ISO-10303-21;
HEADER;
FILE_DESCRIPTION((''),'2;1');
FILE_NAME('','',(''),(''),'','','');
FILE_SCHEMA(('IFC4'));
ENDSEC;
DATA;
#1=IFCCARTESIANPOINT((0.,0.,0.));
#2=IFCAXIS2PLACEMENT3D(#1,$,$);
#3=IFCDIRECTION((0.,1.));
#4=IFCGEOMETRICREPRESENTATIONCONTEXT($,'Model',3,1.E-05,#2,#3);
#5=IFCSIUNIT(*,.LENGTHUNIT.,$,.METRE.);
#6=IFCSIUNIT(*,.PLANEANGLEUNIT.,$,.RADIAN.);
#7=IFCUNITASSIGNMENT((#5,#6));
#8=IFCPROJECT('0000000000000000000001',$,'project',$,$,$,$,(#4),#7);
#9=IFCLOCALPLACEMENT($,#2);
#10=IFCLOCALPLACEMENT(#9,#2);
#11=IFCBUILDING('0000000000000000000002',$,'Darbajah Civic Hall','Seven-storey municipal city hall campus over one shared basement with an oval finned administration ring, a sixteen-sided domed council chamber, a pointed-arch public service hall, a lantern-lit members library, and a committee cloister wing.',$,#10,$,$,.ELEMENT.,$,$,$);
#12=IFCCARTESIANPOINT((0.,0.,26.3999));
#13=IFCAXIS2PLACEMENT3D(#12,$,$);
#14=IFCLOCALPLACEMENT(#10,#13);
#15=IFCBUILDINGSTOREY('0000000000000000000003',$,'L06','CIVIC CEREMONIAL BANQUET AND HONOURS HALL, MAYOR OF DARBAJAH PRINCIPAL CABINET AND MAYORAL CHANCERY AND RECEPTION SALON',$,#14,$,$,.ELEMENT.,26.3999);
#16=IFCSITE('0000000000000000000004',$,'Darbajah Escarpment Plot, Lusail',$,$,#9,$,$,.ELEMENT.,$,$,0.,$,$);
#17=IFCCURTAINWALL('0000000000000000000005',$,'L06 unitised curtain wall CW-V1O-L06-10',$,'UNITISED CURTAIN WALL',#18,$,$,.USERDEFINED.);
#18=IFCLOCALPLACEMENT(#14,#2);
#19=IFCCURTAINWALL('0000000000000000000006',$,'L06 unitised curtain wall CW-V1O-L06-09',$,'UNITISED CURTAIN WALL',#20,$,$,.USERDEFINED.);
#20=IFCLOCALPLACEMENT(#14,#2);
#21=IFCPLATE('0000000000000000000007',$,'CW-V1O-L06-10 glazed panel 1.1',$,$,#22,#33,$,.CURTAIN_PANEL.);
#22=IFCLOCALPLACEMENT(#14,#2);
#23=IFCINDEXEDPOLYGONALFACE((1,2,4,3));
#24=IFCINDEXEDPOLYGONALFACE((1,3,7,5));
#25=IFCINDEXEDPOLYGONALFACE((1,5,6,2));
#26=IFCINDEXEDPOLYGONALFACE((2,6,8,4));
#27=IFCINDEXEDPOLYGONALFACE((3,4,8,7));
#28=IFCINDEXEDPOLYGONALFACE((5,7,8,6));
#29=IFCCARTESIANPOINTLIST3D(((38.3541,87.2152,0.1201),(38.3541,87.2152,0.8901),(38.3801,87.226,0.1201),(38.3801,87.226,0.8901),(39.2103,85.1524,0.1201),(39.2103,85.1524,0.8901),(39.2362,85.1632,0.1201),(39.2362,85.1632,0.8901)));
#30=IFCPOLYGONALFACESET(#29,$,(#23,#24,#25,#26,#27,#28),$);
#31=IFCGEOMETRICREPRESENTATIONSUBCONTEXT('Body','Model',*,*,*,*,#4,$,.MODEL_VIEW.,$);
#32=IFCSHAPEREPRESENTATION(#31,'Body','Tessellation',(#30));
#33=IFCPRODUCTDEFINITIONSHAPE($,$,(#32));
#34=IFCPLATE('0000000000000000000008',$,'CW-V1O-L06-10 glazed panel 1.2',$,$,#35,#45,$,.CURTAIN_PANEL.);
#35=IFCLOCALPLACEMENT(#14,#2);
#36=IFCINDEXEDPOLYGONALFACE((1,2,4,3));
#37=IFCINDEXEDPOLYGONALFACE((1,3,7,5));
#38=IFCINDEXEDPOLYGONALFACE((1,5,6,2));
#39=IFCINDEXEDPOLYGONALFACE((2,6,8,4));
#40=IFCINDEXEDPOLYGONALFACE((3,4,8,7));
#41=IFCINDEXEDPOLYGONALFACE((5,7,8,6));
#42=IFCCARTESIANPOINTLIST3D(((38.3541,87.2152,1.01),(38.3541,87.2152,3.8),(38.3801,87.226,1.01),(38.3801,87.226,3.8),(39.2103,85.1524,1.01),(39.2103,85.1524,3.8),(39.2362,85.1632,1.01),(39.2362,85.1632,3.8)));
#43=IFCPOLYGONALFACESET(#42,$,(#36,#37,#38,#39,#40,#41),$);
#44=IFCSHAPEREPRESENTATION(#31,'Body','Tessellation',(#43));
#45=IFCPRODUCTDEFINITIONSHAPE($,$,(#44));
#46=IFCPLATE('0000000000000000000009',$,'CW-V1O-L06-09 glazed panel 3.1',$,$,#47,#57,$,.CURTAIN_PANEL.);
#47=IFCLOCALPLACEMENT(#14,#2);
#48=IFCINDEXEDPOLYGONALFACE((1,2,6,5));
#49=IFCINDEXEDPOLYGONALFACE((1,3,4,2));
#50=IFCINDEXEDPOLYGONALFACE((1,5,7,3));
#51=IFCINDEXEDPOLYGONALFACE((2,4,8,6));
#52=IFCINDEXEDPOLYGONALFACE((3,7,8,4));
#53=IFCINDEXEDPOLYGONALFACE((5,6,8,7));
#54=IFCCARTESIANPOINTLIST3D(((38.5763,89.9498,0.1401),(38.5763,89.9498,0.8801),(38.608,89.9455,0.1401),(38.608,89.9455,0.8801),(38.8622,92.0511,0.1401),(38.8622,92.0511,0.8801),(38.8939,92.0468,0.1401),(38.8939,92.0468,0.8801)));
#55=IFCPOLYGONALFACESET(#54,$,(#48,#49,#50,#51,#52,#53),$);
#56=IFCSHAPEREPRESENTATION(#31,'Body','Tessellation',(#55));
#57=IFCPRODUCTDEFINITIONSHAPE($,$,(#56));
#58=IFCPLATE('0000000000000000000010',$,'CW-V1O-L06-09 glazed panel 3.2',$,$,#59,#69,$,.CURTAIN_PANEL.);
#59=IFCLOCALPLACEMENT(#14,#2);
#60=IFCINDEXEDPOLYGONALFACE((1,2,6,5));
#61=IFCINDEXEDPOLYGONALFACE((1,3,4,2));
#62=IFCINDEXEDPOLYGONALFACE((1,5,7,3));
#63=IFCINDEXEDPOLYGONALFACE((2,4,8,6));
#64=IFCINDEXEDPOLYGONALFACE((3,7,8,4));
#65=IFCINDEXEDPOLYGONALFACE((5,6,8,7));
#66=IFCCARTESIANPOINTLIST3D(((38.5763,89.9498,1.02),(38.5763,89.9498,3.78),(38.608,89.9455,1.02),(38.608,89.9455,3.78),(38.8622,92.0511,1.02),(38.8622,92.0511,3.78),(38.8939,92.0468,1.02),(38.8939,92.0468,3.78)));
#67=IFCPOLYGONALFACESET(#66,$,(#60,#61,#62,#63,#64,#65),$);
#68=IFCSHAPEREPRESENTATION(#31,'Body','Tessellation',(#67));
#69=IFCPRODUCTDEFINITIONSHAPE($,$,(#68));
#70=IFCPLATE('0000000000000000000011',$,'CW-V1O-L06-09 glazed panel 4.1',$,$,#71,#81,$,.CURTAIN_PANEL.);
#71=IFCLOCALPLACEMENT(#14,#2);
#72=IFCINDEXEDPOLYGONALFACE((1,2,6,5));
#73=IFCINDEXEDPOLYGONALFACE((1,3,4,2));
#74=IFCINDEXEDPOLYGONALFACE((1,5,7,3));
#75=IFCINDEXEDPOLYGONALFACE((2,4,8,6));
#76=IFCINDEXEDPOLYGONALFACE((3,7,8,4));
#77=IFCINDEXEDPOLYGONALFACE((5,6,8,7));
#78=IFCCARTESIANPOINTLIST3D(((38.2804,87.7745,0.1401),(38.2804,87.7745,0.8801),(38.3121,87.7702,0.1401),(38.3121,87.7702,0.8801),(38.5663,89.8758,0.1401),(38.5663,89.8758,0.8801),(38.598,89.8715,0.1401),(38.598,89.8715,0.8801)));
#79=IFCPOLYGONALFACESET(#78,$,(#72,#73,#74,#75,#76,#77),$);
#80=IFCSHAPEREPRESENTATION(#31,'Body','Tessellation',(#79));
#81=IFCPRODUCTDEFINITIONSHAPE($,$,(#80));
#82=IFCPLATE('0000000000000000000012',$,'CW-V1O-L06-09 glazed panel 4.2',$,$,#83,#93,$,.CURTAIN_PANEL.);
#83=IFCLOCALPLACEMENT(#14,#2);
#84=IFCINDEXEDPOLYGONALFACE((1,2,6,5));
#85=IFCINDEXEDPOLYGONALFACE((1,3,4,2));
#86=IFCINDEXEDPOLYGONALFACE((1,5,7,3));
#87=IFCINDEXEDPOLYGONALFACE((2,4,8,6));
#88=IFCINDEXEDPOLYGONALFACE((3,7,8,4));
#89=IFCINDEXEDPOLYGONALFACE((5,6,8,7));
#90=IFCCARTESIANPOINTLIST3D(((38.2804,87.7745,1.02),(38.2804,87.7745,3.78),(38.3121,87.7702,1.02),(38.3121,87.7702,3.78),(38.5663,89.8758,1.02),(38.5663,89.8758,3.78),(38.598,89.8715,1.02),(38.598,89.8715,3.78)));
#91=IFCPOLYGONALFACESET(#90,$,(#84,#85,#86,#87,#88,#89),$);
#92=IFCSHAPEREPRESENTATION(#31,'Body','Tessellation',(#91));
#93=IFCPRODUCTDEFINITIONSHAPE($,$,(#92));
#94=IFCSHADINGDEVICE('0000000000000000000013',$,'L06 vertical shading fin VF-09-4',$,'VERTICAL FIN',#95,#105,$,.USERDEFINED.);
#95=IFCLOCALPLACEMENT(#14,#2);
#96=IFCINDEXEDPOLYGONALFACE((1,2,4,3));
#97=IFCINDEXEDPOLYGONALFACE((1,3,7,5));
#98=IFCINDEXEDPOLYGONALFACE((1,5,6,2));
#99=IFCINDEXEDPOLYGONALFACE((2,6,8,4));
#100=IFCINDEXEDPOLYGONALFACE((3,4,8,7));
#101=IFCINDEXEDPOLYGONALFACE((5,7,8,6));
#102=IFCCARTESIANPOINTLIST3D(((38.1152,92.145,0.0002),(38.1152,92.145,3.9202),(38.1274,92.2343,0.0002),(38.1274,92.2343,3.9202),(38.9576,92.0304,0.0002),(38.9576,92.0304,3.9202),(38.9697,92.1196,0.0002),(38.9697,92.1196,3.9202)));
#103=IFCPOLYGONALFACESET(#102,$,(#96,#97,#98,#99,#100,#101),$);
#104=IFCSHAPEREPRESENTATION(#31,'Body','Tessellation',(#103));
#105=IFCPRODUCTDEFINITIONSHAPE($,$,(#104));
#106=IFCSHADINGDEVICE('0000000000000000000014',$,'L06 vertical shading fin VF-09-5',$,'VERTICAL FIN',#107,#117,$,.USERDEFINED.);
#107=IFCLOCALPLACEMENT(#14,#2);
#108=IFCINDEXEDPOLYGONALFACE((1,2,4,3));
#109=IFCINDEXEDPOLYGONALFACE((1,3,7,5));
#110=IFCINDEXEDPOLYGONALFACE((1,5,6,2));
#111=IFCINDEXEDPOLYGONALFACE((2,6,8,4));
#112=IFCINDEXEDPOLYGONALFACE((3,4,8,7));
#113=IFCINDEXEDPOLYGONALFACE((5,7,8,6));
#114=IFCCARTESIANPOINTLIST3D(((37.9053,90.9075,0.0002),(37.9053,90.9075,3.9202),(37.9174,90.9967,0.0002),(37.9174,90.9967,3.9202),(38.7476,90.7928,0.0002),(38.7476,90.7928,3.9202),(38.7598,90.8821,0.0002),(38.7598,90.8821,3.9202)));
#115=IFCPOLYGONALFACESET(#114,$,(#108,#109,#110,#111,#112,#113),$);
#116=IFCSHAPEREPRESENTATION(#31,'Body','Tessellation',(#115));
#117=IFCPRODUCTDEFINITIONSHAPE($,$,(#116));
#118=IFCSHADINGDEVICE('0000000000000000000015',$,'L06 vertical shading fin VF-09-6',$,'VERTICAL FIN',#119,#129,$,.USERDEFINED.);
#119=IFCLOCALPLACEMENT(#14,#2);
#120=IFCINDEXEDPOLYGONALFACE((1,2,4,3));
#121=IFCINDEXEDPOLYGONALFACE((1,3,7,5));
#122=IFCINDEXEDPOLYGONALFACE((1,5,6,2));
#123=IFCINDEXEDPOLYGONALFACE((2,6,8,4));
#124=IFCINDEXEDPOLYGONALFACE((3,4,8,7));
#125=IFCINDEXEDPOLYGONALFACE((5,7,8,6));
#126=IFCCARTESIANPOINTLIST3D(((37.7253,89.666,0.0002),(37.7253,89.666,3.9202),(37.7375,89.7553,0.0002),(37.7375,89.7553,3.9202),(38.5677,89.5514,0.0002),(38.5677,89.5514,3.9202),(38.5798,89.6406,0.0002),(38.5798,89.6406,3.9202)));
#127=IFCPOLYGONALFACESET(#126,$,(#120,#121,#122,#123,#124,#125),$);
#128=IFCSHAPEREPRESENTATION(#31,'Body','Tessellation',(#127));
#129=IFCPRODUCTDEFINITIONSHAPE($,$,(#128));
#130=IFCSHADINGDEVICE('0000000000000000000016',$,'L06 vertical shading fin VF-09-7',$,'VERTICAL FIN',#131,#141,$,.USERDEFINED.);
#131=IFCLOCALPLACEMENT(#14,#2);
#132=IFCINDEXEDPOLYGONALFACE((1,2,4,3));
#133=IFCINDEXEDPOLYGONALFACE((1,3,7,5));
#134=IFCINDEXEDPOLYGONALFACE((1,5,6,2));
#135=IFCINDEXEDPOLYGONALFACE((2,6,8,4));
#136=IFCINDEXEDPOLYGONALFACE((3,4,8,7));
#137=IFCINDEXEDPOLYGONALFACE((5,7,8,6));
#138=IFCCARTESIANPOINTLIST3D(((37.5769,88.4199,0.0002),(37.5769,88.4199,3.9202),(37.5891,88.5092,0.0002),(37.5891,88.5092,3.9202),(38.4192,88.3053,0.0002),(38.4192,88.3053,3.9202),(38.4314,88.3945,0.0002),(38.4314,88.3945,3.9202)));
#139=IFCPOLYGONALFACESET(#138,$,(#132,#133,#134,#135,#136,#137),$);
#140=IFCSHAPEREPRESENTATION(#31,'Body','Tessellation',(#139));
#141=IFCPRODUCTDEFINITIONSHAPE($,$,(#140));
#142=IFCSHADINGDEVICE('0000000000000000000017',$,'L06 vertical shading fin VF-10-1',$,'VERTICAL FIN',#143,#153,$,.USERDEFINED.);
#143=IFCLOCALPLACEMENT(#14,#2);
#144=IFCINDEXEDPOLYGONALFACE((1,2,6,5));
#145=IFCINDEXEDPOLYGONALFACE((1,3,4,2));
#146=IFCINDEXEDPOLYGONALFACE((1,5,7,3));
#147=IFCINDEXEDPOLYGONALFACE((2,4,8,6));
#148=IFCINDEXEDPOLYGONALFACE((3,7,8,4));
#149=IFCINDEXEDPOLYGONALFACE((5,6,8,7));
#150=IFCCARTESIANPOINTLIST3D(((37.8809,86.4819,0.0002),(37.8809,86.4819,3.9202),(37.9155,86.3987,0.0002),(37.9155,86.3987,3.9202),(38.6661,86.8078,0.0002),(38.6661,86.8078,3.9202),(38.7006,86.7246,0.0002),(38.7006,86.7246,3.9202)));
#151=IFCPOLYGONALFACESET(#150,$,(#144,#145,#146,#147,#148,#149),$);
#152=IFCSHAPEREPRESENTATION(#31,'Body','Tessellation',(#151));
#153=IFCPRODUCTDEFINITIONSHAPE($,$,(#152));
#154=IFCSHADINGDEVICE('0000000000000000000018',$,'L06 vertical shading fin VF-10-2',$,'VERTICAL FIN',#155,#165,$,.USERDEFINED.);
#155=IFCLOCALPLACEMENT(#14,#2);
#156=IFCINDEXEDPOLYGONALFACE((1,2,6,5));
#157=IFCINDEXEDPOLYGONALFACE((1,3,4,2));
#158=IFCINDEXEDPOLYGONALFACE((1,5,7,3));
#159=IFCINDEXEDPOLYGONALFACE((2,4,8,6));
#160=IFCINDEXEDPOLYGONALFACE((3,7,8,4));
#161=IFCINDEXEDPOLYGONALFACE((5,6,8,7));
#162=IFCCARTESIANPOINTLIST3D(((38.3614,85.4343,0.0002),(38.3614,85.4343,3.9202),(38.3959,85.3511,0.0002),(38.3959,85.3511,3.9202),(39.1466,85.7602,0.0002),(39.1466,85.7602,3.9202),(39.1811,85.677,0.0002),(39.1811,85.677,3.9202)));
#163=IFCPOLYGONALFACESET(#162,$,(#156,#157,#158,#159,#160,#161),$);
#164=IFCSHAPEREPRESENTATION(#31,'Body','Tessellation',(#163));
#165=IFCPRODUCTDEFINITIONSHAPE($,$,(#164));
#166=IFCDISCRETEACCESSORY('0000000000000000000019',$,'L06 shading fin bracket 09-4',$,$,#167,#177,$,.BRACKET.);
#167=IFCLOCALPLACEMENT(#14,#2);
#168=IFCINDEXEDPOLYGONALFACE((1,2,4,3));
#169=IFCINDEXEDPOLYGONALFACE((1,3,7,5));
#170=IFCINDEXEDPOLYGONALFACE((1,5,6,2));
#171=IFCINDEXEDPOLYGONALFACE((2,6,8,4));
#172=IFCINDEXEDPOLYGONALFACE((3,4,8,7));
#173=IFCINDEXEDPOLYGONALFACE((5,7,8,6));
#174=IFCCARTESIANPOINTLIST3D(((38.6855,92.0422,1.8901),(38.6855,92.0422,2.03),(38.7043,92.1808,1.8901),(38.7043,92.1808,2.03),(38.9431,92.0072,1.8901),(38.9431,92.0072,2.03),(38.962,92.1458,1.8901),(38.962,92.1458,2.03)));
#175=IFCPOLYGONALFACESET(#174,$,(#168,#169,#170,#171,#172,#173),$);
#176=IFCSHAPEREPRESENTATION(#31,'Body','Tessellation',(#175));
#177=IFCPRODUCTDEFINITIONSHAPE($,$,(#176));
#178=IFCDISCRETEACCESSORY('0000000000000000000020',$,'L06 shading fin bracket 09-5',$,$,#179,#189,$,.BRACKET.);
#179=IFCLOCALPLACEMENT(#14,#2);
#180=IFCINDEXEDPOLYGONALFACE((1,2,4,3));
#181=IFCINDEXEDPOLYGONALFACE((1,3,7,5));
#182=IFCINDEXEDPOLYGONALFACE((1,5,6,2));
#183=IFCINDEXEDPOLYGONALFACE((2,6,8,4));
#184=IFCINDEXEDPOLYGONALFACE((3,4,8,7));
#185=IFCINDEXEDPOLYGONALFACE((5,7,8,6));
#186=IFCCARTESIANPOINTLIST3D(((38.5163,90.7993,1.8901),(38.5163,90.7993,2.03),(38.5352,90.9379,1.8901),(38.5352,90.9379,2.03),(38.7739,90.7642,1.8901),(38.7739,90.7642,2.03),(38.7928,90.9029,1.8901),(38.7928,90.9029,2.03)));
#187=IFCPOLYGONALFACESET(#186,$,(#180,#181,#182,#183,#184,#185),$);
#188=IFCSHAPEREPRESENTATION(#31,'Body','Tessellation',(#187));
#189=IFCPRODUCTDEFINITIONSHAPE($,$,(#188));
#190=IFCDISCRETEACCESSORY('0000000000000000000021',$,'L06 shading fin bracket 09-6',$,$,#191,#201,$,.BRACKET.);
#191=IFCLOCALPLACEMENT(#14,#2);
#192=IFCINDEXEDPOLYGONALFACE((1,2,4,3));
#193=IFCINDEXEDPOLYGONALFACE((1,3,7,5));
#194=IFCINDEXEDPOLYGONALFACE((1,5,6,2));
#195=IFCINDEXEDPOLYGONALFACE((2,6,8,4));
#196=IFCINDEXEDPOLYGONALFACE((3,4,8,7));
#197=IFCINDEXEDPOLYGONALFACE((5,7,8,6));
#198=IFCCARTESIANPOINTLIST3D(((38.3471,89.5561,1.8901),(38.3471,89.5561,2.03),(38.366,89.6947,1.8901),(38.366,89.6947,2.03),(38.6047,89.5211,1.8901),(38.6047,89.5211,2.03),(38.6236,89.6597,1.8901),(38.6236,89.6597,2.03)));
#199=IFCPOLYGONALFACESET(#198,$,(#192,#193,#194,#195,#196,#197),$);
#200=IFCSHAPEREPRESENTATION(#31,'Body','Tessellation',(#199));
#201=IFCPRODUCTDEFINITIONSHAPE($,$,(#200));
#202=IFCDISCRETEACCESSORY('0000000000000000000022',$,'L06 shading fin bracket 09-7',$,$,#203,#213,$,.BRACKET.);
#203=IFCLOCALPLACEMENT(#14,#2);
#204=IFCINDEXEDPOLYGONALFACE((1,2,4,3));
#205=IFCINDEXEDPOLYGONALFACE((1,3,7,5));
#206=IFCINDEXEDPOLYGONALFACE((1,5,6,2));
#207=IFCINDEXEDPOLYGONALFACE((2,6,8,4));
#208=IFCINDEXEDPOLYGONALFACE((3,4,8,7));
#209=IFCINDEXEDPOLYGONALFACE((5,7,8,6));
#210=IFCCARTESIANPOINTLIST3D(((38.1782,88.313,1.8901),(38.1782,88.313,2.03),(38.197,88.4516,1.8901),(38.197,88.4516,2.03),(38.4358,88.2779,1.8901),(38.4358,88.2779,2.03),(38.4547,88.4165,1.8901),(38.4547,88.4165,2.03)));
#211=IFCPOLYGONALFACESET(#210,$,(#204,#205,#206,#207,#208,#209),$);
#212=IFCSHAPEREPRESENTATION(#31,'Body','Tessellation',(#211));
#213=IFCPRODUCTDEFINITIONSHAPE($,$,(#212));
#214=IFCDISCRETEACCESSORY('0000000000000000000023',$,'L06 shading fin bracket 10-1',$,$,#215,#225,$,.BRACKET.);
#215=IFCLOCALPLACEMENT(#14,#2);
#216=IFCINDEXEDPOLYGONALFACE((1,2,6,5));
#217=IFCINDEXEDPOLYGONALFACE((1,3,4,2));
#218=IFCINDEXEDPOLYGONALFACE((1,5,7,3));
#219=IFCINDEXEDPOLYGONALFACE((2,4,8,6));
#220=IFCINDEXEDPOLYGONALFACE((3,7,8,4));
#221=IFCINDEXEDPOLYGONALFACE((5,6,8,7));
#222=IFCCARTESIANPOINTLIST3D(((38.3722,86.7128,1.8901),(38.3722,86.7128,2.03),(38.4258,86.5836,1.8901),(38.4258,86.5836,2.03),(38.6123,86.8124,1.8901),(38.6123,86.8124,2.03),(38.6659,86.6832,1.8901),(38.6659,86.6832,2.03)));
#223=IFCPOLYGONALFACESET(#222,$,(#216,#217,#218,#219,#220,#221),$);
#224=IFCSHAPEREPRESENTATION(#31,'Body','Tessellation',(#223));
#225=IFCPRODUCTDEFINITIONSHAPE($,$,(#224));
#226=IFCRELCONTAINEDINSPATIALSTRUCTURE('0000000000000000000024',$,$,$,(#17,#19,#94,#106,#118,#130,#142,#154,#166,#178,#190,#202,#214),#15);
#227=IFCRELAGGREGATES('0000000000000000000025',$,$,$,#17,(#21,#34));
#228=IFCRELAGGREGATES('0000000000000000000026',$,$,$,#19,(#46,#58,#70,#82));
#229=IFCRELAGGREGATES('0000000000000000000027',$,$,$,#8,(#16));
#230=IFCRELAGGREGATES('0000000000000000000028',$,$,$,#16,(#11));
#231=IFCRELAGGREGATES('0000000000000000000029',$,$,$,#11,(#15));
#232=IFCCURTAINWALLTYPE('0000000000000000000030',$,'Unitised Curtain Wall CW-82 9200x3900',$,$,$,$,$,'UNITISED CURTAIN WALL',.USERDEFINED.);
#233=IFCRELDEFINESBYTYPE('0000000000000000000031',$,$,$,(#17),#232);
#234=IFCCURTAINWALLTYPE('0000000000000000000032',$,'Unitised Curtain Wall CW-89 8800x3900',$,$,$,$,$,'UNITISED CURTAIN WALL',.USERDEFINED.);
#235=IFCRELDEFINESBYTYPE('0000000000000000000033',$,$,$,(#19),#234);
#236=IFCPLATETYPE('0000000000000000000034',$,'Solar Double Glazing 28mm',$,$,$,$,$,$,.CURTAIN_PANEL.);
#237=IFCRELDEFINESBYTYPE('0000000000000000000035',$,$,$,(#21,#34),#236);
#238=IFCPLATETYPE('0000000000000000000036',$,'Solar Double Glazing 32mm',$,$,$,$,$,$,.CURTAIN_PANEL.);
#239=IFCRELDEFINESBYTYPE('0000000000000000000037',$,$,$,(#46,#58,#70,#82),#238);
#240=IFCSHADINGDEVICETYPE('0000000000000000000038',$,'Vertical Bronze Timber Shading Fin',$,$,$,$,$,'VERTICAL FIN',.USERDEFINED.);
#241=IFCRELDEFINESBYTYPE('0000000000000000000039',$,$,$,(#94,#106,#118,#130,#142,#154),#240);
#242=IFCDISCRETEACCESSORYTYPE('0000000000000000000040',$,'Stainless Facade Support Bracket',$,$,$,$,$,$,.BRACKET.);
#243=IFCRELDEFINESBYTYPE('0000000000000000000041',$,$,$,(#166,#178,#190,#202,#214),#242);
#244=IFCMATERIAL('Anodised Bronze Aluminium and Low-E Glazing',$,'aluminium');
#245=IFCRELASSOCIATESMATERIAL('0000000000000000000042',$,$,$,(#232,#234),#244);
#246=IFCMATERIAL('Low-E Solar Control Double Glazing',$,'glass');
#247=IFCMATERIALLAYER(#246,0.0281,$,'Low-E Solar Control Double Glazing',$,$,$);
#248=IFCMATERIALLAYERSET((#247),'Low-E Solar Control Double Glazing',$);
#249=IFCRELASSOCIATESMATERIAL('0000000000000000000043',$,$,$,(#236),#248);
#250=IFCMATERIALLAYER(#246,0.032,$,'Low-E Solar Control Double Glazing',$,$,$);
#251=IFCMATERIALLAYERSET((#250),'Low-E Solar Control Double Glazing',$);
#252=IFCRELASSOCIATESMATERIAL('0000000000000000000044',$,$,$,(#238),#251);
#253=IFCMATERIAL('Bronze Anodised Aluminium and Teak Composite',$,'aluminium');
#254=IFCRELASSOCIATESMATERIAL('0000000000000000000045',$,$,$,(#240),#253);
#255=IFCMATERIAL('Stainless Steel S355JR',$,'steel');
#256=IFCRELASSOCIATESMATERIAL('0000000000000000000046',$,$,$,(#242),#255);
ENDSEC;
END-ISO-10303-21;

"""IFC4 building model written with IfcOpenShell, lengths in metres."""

from ifc_helpers import new_model, si_unit, direction, frame, origin, origin_2d, place, context, subcontext, project, spatial, rectangle, extrude, material, layer, layer_set, type_object, element, aggregate, save


model = new_model("IFC4")

# Units and contexts
model_context = context("Model", 3, precision=1e-05, world=origin(), true_north=direction((0.0, 1.0)))
body_context = subcontext(model_context, "Body", "Model", "MODEL_VIEW")
ifc_project = project(units=[si_unit("LENGTHUNIT", "METRE"), si_unit("PLANEANGLEUNIT", "RADIAN")], contexts=[model_context])

# Site, building, storey
site_placement = place(None, origin())
site = spatial("IfcSite", under=ifc_project, at=site_placement, Name="Darbajah Escarpment Plot, Lusail", CompositionType="ELEMENT", RefElevation=0.0)
building_placement = place(site_placement, origin())
building = spatial("IfcBuilding", under=site, at=building_placement, Name="Darbajah Civic Hall", Description="Seven-storey municipal city hall campus over one shared basement with an oval finned administration ring, a sixteen-sided domed council chamber, a pointed-arch public service hall, a lantern-lit members library, and a committee cloister wing.", CompositionType="ELEMENT")
storey_placement = place(building_placement, frame((0.0, 0.0, 26.3999)))
storey = spatial("IfcBuildingStorey", under=building, at=storey_placement, Name="L06", Description="CIVIC CEREMONIAL BANQUET AND HONOURS HALL, MAYOR OF DARBAJAH PRINCIPAL CABINET AND MAYORAL CHANCERY AND RECEPTION SALON", CompositionType="ELEMENT", Elevation=26.3999)

# Curtain wall
ifc_material_1 = material(Name="Anodised Bronze Aluminium and Low-E Glazing", Category="aluminium")
curtain_wall_type_1 = type_object("IfcCurtainWallType", Name="Unitised Curtain Wall CW-82 9200x3900", ElementType="UNITISED CURTAIN WALL", PredefinedType="USERDEFINED", material=ifc_material_1)
curtain_wall_1_placement = place(storey_placement, origin())
curtain_wall_1 = element("IfcCurtainWall", 1, at=curtain_wall_1_placement, inside=storey, type_object=curtain_wall_type_1, Name="L06 unitised curtain wall CW-V1O-L06-10", ObjectType="UNITISED CURTAIN WALL", PredefinedType="USERDEFINED")

# Curtain wall
curtain_wall_type_2 = type_object("IfcCurtainWallType", Name="Unitised Curtain Wall CW-89 8800x3900", ElementType="UNITISED CURTAIN WALL", PredefinedType="USERDEFINED", material=ifc_material_1)
curtain_wall_2_placement = place(storey_placement, origin())
curtain_wall_2 = element("IfcCurtainWall", 2, at=curtain_wall_2_placement, inside=storey, type_object=curtain_wall_type_2, Name="L06 unitised curtain wall CW-V1O-L06-09", ObjectType="UNITISED CURTAIN WALL", PredefinedType="USERDEFINED")

# Plates
ifc_material_2 = material(Name="Low-E Solar Control Double Glazing", Category="glass")
ifc_layer_1 = layer(ifc_material_2, 0.0281, Name="Low-E Solar Control Double Glazing")
ifc_layer_set_1 = layer_set([ifc_layer_1], Name="Low-E Solar Control Double Glazing")
plate_type_1 = type_object("IfcPlateType", Name="Solar Double Glazing 28mm", PredefinedType="CURTAIN_PANEL", material=ifc_layer_set_1)
plate_1_placement = place(storey_placement, frame((38.7952, 86.1892, 0.1201), z_axis=(0.0, 0.0, 1.0), x_axis=(0.383328, -0.923612, 0.0)))
plate_1 = element("IfcPlate", 3, at=plate_1_placement, type_object=plate_type_1, Name="CW-V1O-L06-10 glazed panel 1.1", PredefinedType="CURTAIN_PANEL", context=body_context, shape_type="SweptSolid", body=[
    extrude(rectangle(XDim=2.2334, YDim=0.0281, at=origin_2d()), origin(), (0.0, 0.0, 1.0), 0.77),
])
plate_2_placement = place(storey_placement, frame((38.7952, 86.1892, 1.01), z_axis=(0.0, 0.0, 1.0), x_axis=(0.383328, -0.923612, 0.0)))
plate_2 = element("IfcPlate", 4, at=plate_2_placement, type_object=plate_type_1, Name="CW-V1O-L06-10 glazed panel 1.2", PredefinedType="CURTAIN_PANEL", context=body_context, shape_type="SweptSolid", body=[
    extrude(rectangle(XDim=2.2334, YDim=0.0281, at=origin_2d()), origin(), (0.0, 0.0, 1.0), 2.79),
])
aggregate(curtain_wall_1, [plate_1, plate_2])
ifc_layer_2 = layer(ifc_material_2, 0.032, Name="Low-E Solar Control Double Glazing")
ifc_layer_set_2 = layer_set([ifc_layer_2], Name="Low-E Solar Control Double Glazing")
plate_type_2 = type_object("IfcPlateType", Name="Solar Double Glazing 32mm", PredefinedType="CURTAIN_PANEL", material=ifc_layer_set_2)
plate_3_placement = place(storey_placement, frame((38.7351, 90.9983, 0.1401), z_axis=(0.0, 0.0, 1.0), x_axis=(-0.134851, -0.990866, 0.0)))
plate_3 = element("IfcPlate", 5, at=plate_3_placement, type_object=plate_type_2, Name="CW-V1O-L06-09 glazed panel 3.1", PredefinedType="CURTAIN_PANEL", context=body_context, shape_type="SweptSolid", body=[
    extrude(rectangle(XDim=2.1206, YDim=0.032, at=origin_2d()), origin(), (0.0, 0.0, 1.0), 0.74),
])
plate_4_placement = place(storey_placement, frame((38.7351, 90.9983, 1.02), z_axis=(0.0, 0.0, 1.0), x_axis=(-0.134851, -0.990866, 0.0)))
plate_4 = element("IfcPlate", 6, at=plate_4_placement, type_object=plate_type_2, Name="CW-V1O-L06-09 glazed panel 3.2", PredefinedType="CURTAIN_PANEL", context=body_context, shape_type="SweptSolid", body=[
    extrude(rectangle(XDim=2.1206, YDim=0.032, at=origin_2d()), origin(), (0.0, 0.0, 1.0), 2.76),
])
plate_5_placement = place(storey_placement, frame((38.4392, 88.823, 0.1401), z_axis=(0.0, 0.0, 1.0), x_axis=(-0.134851, -0.990866, 0.0)))
plate_5 = element("IfcPlate", 7, at=plate_5_placement, type_object=plate_type_2, Name="CW-V1O-L06-09 glazed panel 4.1", PredefinedType="CURTAIN_PANEL", context=body_context, shape_type="SweptSolid", body=[
    extrude(rectangle(XDim=2.1206, YDim=0.032, at=origin_2d()), origin(), (0.0, 0.0, 1.0), 0.74),
])
plate_6_placement = place(storey_placement, frame((38.4392, 88.823, 1.02), z_axis=(0.0, 0.0, 1.0), x_axis=(-0.134851, -0.990866, 0.0)))
plate_6 = element("IfcPlate", 8, at=plate_6_placement, type_object=plate_type_2, Name="CW-V1O-L06-09 glazed panel 4.2", PredefinedType="CURTAIN_PANEL", context=body_context, shape_type="SweptSolid", body=[
    extrude(rectangle(XDim=2.1206, YDim=0.032, at=origin_2d()), origin(), (0.0, 0.0, 1.0), 2.76),
])
aggregate(curtain_wall_2, [plate_3, plate_4, plate_5, plate_6])

# Shading devices
ifc_material_3 = material(Name="Bronze Anodised Aluminium and Teak Composite", Category="aluminium")
shading_device_type = type_object("IfcShadingDeviceType", Name="Vertical Bronze Timber Shading Fin", ElementType="VERTICAL FIN", PredefinedType="USERDEFINED", material=ifc_material_3)
for number, where, z_axis, x_axis, name in (
    (9, (38.5425, 92.1323, 0.0002), (0.0, 0.0, 1.0), (-0.990866, 0.134851, 0.0), "L06 vertical shading fin VF-09-4"),
    (10, (38.3325, 90.8948, 0.0002), (0.0, 0.0, 1.0), (-0.990866, 0.134851, 0.0), "L06 vertical shading fin VF-09-5"),
    (11, (38.1526, 89.6533, 0.0002), (0.0, 0.0, 1.0), (-0.990866, 0.134851, 0.0), "L06 vertical shading fin VF-09-6"),
    (12, (38.0042, 88.4072, 0.0002), (0.0, 0.0, 1.0), (-0.990866, 0.134851, 0.0), "L06 vertical shading fin VF-09-7"),
    (13, (38.2908, 86.6033, 0.0002), (0.0, 0.0, 1.0), (-0.923612, -0.383328, 0.0), "L06 vertical shading fin VF-10-1"),
    (14, (38.7712, 85.5557, 0.0002), (0.0, 0.0, 1.0), (-0.923612, -0.383328, 0.0), "L06 vertical shading fin VF-10-2"),
):
    element("IfcShadingDevice", number, at=place(storey_placement, frame(where, z_axis=z_axis, x_axis=x_axis)), inside=storey, type_object=shading_device_type, Name=name, ObjectType="VERTICAL FIN", PredefinedType="USERDEFINED", context=body_context, shape_type="SweptSolid", body=[
        extrude(rectangle(XDim=0.8501, YDim=0.0901, at=origin_2d()), origin(), (0.0, 0.0, 1.0), 3.9199),
    ])

# Discrete accessories
ifc_material_4 = material(Name="Stainless Steel S355JR", Category="steel")
discrete_accessory_type = type_object("IfcDiscreteAccessoryType", Name="Stainless Facade Support Bracket", PredefinedType="BRACKET", material=ifc_material_4)
for number, where, z_axis, x_axis, name in (
    (15, (38.8237, 92.094, 1.8901), (0.0, 0.0, 1.0), (-0.990866, 0.134851, 0.0), "L06 shading fin bracket 09-4"),
    (16, (38.6545, 90.8511, 1.8901), (0.0, 0.0, 1.0), (-0.990866, 0.134851, 0.0), "L06 shading fin bracket 09-5"),
    (17, (38.4854, 89.6079, 1.8901), (0.0, 0.0, 1.0), (-0.990866, 0.134851, 0.0), "L06 shading fin bracket 09-6"),
    (18, (38.3164, 88.3647, 1.8901), (0.0, 0.0, 1.0), (-0.990866, 0.134851, 0.0), "L06 shading fin bracket 09-7"),
    (19, (38.519, 86.698, 1.8901), (0.0, 0.0, 1.0), (-0.923612, -0.383328, 0.0), "L06 shading fin bracket 10-1"),
):
    element("IfcDiscreteAccessory", number, at=place(storey_placement, frame(where, z_axis=z_axis, x_axis=x_axis)), inside=storey, type_object=discrete_accessory_type, Name=name, PredefinedType="BRACKET", context=body_context, shape_type="SweptSolid", body=[
        extrude(rectangle(XDim=0.26, YDim=0.1399, at=origin_2d()), origin(), (0.0, 0.0, 1.0), 0.1399),
    ])

save(model, "model.ifc")
